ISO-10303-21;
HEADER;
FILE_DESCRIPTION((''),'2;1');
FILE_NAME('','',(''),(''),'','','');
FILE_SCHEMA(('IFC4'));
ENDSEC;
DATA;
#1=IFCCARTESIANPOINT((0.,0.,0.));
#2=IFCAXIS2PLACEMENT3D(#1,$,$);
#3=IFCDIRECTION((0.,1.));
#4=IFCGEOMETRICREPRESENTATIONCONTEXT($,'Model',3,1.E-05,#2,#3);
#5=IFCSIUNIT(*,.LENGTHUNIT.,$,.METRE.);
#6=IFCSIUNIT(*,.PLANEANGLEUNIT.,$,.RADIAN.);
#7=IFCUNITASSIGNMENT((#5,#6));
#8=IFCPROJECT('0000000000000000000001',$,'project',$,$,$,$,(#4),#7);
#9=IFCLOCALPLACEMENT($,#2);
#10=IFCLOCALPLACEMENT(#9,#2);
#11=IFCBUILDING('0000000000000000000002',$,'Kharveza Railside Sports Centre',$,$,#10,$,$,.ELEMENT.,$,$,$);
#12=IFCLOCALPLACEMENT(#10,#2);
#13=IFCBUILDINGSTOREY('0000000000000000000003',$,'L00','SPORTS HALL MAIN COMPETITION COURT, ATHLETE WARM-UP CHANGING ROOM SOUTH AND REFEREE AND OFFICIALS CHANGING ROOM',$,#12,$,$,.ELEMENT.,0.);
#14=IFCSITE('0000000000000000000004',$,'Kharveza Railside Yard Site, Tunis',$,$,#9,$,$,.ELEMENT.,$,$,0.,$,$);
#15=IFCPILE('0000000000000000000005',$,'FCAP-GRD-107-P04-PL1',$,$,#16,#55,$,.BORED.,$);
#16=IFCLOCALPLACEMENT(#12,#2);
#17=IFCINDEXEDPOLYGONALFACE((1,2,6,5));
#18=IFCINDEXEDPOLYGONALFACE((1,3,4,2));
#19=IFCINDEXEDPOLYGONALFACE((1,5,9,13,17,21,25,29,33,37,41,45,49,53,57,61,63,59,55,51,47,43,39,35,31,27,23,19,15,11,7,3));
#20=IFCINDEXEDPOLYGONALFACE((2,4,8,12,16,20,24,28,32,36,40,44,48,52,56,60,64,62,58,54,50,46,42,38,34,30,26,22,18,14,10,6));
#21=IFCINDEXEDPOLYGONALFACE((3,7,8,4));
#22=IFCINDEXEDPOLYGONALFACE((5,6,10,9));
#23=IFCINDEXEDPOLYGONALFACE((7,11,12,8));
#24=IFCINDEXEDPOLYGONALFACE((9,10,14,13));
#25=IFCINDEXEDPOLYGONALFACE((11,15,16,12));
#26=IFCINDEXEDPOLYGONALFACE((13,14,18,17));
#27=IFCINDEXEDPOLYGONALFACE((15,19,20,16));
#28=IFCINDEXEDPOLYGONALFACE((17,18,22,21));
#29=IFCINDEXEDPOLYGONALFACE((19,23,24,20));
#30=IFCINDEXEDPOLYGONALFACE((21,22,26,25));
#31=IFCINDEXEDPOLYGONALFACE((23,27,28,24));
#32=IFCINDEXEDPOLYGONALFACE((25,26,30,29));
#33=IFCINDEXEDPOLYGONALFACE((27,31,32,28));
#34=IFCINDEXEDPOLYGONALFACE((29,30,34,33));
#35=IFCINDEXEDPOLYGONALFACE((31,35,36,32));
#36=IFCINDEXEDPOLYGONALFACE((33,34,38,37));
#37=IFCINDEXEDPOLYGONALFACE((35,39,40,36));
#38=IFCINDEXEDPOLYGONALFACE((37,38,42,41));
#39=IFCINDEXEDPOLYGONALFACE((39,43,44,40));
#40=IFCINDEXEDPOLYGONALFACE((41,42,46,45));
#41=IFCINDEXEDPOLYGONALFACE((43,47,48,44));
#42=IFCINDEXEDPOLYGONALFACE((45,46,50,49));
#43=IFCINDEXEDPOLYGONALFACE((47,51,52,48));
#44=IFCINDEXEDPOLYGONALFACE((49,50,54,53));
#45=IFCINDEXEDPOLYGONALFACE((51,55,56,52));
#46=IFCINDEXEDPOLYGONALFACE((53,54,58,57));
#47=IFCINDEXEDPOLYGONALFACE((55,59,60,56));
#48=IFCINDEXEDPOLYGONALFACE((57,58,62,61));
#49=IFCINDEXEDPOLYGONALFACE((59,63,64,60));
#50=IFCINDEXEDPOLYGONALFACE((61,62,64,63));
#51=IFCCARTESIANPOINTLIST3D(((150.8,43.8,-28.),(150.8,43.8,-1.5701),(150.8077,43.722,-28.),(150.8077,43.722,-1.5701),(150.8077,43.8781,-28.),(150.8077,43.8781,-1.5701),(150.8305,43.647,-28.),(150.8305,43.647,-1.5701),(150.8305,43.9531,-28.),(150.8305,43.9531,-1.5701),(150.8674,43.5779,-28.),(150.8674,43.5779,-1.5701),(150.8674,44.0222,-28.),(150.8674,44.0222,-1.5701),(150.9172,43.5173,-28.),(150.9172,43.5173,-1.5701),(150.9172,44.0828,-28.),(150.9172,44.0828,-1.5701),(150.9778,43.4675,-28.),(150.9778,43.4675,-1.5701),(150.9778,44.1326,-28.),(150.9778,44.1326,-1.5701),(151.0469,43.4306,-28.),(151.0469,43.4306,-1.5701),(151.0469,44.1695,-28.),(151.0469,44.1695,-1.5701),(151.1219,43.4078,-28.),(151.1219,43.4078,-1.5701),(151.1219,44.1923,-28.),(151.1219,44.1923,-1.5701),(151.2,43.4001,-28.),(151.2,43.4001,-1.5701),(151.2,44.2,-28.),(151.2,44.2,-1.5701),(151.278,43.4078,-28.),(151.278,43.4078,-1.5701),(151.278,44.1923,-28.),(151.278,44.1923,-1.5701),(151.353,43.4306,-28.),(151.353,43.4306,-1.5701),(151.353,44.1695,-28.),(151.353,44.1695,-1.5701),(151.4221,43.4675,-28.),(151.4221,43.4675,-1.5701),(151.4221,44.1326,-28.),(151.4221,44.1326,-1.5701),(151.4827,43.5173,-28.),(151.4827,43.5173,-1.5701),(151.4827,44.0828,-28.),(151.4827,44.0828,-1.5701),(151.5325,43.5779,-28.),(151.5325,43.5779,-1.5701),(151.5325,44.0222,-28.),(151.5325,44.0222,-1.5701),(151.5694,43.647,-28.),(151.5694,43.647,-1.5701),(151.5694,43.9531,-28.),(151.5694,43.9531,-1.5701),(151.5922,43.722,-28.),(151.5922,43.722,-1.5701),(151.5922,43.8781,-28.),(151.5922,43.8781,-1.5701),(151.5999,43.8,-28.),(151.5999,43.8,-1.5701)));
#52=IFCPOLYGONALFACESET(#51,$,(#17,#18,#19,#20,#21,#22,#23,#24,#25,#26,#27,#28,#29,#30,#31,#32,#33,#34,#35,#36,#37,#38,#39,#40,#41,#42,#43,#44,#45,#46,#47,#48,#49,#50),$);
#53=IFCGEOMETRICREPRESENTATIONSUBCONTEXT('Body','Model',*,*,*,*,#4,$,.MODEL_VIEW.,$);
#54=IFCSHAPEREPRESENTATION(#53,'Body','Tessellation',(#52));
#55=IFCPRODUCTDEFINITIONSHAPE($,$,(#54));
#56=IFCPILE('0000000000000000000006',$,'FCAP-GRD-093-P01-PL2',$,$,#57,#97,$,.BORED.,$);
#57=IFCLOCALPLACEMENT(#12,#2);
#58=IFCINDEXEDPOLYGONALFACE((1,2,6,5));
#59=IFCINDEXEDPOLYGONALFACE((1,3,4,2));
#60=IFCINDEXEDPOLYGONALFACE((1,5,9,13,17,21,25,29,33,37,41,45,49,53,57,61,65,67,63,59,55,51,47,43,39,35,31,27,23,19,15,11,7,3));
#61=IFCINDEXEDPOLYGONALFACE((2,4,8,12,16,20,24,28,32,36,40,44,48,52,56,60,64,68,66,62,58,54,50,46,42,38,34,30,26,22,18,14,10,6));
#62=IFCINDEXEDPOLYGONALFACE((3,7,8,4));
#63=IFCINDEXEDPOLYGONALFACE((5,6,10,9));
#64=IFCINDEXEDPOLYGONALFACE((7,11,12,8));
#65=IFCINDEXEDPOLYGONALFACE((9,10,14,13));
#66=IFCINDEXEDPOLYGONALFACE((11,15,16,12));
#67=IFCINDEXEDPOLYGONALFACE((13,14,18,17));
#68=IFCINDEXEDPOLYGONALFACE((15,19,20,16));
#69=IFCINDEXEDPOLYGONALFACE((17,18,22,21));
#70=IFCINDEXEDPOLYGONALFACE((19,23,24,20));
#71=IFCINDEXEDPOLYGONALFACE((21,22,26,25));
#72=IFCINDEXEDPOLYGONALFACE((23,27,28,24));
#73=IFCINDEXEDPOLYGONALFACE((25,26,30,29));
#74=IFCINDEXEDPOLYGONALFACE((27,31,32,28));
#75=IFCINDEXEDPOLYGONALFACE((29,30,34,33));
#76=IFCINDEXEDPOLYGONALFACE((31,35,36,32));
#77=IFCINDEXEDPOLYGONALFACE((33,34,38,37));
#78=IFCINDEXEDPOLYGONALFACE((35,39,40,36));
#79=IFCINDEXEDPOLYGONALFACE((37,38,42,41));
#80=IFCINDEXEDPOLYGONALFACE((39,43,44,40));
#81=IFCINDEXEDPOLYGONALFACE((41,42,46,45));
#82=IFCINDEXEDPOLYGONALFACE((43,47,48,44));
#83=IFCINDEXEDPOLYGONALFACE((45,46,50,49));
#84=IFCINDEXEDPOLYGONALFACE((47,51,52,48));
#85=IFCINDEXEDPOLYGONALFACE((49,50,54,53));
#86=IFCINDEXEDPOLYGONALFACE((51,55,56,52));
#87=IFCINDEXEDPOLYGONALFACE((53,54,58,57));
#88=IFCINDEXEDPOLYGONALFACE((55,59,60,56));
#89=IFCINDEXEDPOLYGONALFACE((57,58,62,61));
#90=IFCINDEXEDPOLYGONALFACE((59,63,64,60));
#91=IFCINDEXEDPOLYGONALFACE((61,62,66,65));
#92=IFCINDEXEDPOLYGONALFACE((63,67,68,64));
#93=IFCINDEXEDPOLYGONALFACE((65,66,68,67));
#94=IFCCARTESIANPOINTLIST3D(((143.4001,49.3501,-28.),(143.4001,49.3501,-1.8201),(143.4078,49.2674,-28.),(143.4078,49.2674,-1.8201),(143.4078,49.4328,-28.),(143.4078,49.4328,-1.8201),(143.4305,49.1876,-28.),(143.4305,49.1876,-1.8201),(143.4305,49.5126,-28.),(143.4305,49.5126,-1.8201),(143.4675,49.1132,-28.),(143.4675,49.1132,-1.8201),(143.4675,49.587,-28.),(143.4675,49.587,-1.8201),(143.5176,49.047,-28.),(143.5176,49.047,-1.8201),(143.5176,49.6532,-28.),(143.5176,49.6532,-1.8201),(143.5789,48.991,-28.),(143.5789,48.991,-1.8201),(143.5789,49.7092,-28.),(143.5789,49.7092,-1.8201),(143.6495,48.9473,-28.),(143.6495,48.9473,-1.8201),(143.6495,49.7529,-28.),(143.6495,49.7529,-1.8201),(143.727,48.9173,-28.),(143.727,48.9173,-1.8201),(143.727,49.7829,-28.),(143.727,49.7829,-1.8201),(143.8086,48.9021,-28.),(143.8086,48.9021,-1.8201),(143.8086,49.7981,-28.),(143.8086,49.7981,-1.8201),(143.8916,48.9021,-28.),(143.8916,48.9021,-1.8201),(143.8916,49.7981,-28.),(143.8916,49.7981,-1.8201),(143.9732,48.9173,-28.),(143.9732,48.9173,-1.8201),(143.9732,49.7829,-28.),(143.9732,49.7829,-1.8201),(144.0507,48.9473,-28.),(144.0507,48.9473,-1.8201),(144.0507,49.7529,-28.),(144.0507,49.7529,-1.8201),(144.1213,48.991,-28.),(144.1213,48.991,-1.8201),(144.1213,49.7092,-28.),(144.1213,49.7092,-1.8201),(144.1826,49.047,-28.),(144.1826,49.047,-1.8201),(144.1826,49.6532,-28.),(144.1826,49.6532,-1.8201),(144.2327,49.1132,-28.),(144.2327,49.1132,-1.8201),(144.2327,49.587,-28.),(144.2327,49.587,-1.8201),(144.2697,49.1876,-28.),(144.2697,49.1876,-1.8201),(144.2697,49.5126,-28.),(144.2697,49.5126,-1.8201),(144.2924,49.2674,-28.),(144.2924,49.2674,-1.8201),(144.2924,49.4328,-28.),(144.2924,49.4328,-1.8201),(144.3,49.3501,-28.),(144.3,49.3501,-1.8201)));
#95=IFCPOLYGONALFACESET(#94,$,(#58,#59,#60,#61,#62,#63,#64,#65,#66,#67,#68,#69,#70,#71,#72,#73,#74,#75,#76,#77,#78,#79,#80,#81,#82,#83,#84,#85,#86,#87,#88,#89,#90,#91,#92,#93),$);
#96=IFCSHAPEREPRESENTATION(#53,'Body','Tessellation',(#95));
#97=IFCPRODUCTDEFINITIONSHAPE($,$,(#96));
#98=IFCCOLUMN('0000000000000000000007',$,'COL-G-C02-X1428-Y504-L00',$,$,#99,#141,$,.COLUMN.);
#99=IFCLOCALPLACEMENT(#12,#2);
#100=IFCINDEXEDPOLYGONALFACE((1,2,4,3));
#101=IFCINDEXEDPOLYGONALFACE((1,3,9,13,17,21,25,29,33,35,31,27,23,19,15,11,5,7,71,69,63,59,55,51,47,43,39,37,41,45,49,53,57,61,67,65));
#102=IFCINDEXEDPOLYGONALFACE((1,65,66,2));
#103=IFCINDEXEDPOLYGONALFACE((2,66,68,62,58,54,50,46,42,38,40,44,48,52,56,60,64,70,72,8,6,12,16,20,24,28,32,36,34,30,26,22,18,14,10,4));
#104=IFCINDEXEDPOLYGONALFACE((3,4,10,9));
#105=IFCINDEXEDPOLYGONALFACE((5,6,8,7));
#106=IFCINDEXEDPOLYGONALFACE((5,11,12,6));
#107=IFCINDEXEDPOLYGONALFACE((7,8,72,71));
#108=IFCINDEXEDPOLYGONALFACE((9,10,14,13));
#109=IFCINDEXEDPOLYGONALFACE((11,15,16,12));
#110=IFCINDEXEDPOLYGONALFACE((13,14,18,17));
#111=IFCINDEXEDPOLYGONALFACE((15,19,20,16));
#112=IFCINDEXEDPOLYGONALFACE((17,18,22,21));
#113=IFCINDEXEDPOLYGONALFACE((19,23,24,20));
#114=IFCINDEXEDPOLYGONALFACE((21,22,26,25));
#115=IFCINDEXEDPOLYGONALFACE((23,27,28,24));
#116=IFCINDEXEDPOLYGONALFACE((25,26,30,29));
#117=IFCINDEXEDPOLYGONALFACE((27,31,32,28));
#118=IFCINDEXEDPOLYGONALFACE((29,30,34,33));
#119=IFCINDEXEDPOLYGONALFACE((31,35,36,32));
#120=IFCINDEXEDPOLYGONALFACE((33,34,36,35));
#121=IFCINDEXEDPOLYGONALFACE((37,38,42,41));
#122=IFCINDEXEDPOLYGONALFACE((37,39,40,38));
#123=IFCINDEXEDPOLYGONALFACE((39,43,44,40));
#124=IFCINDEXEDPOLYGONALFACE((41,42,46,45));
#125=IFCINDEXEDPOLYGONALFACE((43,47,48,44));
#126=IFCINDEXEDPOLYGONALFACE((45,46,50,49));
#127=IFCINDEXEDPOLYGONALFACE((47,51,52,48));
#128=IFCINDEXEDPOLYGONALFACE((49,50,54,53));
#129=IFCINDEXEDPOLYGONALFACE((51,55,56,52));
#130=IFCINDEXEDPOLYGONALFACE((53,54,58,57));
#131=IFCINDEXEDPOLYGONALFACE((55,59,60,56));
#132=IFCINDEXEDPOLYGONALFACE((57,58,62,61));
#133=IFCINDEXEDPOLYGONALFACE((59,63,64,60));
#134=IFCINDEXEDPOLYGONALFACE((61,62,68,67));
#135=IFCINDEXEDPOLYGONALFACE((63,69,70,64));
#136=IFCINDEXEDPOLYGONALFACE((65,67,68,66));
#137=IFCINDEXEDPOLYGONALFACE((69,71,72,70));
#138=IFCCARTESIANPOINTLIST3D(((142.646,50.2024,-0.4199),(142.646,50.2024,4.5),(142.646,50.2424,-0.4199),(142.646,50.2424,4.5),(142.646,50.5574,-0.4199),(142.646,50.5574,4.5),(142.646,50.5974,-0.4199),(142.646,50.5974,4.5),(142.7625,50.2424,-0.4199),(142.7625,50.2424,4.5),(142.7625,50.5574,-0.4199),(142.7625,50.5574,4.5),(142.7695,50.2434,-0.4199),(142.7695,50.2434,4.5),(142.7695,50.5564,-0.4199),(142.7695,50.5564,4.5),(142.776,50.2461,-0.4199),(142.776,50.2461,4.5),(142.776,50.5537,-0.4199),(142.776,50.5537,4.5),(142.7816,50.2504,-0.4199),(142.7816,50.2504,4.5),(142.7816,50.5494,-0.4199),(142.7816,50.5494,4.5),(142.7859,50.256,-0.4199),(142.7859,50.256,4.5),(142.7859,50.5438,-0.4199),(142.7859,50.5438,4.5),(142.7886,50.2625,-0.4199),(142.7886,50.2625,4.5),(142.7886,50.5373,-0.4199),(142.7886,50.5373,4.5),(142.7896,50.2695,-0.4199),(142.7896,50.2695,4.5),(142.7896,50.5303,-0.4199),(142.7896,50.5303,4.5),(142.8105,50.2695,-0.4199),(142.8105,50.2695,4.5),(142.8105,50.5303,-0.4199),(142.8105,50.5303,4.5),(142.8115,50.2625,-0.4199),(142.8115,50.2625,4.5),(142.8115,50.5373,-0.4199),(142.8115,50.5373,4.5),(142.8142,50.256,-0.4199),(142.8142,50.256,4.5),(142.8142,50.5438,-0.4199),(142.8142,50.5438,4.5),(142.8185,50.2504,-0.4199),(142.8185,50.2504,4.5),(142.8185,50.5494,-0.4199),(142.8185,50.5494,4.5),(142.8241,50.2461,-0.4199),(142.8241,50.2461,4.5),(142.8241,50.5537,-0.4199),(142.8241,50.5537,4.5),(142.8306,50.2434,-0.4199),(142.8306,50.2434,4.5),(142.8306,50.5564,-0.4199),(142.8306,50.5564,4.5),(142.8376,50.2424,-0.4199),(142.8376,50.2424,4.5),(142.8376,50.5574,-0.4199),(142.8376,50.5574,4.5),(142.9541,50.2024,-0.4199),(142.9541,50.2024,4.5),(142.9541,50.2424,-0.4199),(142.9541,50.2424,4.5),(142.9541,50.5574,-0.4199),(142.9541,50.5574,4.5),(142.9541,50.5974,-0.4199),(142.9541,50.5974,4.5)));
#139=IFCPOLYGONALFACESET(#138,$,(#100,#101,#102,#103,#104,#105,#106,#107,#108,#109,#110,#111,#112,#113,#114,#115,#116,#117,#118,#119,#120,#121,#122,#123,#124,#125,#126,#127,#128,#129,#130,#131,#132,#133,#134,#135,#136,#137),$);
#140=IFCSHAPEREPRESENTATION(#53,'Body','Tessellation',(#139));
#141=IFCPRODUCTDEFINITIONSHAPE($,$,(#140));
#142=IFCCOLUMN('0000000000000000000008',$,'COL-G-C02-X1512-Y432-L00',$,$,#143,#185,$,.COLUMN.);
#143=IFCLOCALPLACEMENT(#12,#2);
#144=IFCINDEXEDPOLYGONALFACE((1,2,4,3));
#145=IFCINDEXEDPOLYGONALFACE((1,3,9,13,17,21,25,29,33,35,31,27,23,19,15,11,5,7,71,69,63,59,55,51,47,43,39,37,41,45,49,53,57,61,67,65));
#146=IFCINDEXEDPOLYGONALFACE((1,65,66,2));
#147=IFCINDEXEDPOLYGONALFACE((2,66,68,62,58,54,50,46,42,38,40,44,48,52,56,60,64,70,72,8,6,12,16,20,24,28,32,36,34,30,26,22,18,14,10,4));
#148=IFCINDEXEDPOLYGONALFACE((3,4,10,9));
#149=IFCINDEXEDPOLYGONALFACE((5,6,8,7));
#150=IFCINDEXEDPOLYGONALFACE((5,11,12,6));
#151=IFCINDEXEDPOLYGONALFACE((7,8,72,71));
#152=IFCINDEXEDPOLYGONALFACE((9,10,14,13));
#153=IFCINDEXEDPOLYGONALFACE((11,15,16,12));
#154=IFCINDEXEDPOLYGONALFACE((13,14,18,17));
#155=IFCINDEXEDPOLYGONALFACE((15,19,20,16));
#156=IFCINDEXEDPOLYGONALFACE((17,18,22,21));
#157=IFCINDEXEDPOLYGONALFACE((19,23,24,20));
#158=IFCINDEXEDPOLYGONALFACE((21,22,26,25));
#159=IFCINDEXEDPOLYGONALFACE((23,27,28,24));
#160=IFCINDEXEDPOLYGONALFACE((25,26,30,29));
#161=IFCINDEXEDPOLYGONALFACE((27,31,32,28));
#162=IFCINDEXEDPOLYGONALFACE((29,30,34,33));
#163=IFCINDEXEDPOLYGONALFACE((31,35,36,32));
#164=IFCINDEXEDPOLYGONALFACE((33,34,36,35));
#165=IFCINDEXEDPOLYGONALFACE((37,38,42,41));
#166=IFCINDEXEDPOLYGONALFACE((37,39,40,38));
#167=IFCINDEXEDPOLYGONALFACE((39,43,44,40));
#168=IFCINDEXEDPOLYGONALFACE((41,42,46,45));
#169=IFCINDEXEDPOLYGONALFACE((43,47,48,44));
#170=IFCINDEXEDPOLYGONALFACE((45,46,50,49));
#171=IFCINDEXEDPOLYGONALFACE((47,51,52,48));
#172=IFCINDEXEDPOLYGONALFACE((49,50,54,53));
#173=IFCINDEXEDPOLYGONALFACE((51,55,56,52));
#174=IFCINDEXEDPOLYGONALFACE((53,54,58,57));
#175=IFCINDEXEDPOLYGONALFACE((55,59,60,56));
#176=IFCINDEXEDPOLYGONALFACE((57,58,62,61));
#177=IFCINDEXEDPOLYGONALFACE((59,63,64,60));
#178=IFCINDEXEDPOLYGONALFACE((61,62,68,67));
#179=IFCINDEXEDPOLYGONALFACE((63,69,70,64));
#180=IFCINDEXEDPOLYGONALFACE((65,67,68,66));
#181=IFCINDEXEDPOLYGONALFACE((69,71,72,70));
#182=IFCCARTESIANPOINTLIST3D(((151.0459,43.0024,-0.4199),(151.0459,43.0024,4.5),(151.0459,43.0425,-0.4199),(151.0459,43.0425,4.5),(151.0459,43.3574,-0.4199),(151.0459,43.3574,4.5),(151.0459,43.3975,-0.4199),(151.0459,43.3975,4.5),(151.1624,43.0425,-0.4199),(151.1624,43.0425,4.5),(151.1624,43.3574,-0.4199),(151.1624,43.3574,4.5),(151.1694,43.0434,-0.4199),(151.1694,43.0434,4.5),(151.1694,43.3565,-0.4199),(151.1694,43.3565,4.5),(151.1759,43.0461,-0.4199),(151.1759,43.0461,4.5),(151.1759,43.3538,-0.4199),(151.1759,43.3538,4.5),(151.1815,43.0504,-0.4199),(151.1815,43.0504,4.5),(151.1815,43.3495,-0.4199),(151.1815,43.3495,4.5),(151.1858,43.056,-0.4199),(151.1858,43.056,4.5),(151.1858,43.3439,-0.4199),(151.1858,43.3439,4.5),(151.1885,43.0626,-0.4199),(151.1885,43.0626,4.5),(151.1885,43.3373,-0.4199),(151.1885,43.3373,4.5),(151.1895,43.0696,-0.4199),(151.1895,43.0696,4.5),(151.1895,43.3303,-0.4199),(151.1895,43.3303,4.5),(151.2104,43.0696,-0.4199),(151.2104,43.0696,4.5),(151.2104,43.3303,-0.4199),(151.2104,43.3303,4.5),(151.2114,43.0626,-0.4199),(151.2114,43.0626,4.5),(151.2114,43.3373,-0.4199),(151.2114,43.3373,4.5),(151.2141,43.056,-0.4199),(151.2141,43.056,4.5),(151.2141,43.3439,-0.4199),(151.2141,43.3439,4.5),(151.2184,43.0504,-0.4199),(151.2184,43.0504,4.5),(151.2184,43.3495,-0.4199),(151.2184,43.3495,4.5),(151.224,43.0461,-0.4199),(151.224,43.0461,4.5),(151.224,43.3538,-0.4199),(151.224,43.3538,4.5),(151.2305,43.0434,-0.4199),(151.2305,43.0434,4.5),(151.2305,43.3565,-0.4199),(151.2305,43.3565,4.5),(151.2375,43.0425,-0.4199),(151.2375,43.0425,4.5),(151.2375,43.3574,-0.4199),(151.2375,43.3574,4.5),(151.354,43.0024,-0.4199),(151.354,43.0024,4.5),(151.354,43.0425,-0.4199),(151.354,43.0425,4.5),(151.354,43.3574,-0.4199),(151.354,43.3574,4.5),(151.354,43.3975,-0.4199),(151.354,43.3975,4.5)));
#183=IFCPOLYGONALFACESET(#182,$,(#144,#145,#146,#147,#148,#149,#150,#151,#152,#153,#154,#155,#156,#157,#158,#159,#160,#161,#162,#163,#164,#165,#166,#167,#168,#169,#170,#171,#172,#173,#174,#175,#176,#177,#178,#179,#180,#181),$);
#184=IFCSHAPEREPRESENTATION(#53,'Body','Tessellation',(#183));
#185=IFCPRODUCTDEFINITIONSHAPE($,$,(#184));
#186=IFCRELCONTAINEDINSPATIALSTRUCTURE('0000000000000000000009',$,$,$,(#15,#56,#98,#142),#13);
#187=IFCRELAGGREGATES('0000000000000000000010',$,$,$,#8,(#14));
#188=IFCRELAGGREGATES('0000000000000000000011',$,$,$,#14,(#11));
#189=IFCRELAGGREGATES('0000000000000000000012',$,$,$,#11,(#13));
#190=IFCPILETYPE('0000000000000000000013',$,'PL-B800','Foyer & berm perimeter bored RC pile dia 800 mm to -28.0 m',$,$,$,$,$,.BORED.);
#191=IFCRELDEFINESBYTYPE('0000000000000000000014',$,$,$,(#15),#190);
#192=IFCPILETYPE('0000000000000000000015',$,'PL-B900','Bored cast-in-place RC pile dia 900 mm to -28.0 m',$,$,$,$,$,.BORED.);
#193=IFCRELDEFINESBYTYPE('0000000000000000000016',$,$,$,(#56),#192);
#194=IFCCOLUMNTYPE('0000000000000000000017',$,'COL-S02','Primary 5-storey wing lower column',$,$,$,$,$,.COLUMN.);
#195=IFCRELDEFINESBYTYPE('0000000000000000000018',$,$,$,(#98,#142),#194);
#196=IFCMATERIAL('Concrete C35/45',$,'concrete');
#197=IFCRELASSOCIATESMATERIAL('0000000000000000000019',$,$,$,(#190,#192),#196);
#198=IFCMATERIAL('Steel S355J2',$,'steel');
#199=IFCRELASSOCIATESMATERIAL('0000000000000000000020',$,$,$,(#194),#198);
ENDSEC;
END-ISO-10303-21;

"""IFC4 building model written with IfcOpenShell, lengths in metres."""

from ifc_helpers import new_model, si_unit, direction, frame, origin, origin_2d, place, context, subcontext, project, spatial, circle, i_section, extrude, material, material_profile, profile_set, type_object, element, save


model = new_model("IFC4")

# Units and contexts
model_context = context("Model", 3, precision=1e-05, world=origin(), true_north=direction((0.0, 1.0)))
body_context = subcontext(model_context, "Body", "Model", "MODEL_VIEW")
ifc_project = project(units=[si_unit("LENGTHUNIT", "METRE"), si_unit("PLANEANGLEUNIT", "RADIAN")], contexts=[model_context])

# Site, building, storey
site_placement = place(None, origin())
site = spatial("IfcSite", under=ifc_project, at=site_placement, Name="Kharveza Railside Yard Site, Tunis", CompositionType="ELEMENT", RefElevation=0.0)
building_placement = place(site_placement, origin())
building = spatial("IfcBuilding", under=site, at=building_placement, Name="Kharveza Railside Sports Centre", CompositionType="ELEMENT")
storey_placement = place(building_placement, origin())
storey = spatial("IfcBuildingStorey", under=building, at=storey_placement, Name="L00", Description="SPORTS HALL MAIN COMPETITION COURT, ATHLETE WARM-UP CHANGING ROOM SOUTH AND REFEREE AND OFFICIALS CHANGING ROOM", CompositionType="ELEMENT", Elevation=0.0)

# Shared definitions
ifc_material_1 = material(Name="Concrete C35/45", Category="concrete")

# Piles
ifc_material_profile_1 = material_profile(ifc_material_1, circle(Radius=0.3999, at=origin_2d()), Name="PILE D800")
ifc_profile_set_1 = profile_set([ifc_material_profile_1], Name="Concrete C35/45")
pile_type_1 = type_object("IfcPileType", Name="PL-B800", Description="Foyer & berm perimeter bored RC pile dia 800 mm to -28.0 m", PredefinedType="BORED", material=ifc_profile_set_1)
for number, where, z_axis, x_axis, name in (
    (1, (151.2, 43.8, -1.5701), (0.0, 0.0, -1.0), (1.0, 0.0, 0.0), "FCAP-GRD-107-P04-PL1"),
):
    element("IfcPile", number, at=place(storey_placement, frame(where, z_axis=z_axis, x_axis=x_axis)), inside=storey, type_object=pile_type_1, Name=name, PredefinedType="BORED", context=body_context, shape_type="SweptSolid", body=[
        extrude(circle(Radius=0.3999, at=origin_2d()), origin(), (0.0, 0.0, 1.0), 26.4299),
    ])
ifc_material_profile_2 = material_profile(ifc_material_1, circle(Radius=0.45, at=origin_2d()), Name="PILE D900")
ifc_profile_set_2 = profile_set([ifc_material_profile_2], Name="Concrete C35/45")
pile_type_2 = type_object("IfcPileType", Name="PL-B900", Description="Bored cast-in-place RC pile dia 900 mm to -28.0 m", PredefinedType="BORED", material=ifc_profile_set_2)
pile_1_placement = place(storey_placement, frame((143.8501, 49.3501, -1.8201), z_axis=(0.0, 0.0, -1.0), x_axis=(1.0, 0.0, 0.0)))
element("IfcPile", 2, at=pile_1_placement, inside=storey, type_object=pile_type_2, Name="FCAP-GRD-093-P01-PL2", PredefinedType="BORED", context=body_context, shape_type="SweptSolid", body=[
    extrude(circle(Radius=0.45, at=origin_2d()), origin(), (0.0, 0.0, 1.0), 26.1799),
])

# Columns
ifc_material_2 = material(Name="Steel S355J2", Category="steel")
ifc_material_profile_3 = material_profile(ifc_material_2, i_section(OverallWidth=0.3081, OverallDepth=0.395, WebThickness=0.021, FlangeThickness=0.04, FilletRadius=0.0271, at=origin_2d()), Name="HEM 360")
ifc_profile_set_3 = profile_set([ifc_material_profile_3], Name="Steel S355J2")
column_type = type_object("IfcColumnType", Name="COL-S02", Description="Primary 5-storey wing lower column", PredefinedType="COLUMN", material=ifc_profile_set_3)
for number, where, z_axis, x_axis, name in (
    (3, (142.8, 50.3999, -0.4199), (0.0, 0.0, 1.0), (1.0, 0.0, 0.0), "COL-G-C02-X1428-Y504-L00"),
    (4, (151.2, 43.2, -0.4199), (0.0, 0.0, 1.0), (1.0, 0.0, 0.0), "COL-G-C02-X1512-Y432-L00"),
):
    element("IfcColumn", number, at=place(storey_placement, frame(where, z_axis=z_axis, x_axis=x_axis)), inside=storey, type_object=column_type, Name=name, PredefinedType="COLUMN", context=body_context, shape_type="SweptSolid", body=[
        extrude(i_section(OverallWidth=0.3081, OverallDepth=0.395, WebThickness=0.021, FlangeThickness=0.04, FilletRadius=0.0271, at=origin_2d()), origin(), (0.0, 0.0, 1.0), 4.9199),
    ])

save(model, "model.ifc")
